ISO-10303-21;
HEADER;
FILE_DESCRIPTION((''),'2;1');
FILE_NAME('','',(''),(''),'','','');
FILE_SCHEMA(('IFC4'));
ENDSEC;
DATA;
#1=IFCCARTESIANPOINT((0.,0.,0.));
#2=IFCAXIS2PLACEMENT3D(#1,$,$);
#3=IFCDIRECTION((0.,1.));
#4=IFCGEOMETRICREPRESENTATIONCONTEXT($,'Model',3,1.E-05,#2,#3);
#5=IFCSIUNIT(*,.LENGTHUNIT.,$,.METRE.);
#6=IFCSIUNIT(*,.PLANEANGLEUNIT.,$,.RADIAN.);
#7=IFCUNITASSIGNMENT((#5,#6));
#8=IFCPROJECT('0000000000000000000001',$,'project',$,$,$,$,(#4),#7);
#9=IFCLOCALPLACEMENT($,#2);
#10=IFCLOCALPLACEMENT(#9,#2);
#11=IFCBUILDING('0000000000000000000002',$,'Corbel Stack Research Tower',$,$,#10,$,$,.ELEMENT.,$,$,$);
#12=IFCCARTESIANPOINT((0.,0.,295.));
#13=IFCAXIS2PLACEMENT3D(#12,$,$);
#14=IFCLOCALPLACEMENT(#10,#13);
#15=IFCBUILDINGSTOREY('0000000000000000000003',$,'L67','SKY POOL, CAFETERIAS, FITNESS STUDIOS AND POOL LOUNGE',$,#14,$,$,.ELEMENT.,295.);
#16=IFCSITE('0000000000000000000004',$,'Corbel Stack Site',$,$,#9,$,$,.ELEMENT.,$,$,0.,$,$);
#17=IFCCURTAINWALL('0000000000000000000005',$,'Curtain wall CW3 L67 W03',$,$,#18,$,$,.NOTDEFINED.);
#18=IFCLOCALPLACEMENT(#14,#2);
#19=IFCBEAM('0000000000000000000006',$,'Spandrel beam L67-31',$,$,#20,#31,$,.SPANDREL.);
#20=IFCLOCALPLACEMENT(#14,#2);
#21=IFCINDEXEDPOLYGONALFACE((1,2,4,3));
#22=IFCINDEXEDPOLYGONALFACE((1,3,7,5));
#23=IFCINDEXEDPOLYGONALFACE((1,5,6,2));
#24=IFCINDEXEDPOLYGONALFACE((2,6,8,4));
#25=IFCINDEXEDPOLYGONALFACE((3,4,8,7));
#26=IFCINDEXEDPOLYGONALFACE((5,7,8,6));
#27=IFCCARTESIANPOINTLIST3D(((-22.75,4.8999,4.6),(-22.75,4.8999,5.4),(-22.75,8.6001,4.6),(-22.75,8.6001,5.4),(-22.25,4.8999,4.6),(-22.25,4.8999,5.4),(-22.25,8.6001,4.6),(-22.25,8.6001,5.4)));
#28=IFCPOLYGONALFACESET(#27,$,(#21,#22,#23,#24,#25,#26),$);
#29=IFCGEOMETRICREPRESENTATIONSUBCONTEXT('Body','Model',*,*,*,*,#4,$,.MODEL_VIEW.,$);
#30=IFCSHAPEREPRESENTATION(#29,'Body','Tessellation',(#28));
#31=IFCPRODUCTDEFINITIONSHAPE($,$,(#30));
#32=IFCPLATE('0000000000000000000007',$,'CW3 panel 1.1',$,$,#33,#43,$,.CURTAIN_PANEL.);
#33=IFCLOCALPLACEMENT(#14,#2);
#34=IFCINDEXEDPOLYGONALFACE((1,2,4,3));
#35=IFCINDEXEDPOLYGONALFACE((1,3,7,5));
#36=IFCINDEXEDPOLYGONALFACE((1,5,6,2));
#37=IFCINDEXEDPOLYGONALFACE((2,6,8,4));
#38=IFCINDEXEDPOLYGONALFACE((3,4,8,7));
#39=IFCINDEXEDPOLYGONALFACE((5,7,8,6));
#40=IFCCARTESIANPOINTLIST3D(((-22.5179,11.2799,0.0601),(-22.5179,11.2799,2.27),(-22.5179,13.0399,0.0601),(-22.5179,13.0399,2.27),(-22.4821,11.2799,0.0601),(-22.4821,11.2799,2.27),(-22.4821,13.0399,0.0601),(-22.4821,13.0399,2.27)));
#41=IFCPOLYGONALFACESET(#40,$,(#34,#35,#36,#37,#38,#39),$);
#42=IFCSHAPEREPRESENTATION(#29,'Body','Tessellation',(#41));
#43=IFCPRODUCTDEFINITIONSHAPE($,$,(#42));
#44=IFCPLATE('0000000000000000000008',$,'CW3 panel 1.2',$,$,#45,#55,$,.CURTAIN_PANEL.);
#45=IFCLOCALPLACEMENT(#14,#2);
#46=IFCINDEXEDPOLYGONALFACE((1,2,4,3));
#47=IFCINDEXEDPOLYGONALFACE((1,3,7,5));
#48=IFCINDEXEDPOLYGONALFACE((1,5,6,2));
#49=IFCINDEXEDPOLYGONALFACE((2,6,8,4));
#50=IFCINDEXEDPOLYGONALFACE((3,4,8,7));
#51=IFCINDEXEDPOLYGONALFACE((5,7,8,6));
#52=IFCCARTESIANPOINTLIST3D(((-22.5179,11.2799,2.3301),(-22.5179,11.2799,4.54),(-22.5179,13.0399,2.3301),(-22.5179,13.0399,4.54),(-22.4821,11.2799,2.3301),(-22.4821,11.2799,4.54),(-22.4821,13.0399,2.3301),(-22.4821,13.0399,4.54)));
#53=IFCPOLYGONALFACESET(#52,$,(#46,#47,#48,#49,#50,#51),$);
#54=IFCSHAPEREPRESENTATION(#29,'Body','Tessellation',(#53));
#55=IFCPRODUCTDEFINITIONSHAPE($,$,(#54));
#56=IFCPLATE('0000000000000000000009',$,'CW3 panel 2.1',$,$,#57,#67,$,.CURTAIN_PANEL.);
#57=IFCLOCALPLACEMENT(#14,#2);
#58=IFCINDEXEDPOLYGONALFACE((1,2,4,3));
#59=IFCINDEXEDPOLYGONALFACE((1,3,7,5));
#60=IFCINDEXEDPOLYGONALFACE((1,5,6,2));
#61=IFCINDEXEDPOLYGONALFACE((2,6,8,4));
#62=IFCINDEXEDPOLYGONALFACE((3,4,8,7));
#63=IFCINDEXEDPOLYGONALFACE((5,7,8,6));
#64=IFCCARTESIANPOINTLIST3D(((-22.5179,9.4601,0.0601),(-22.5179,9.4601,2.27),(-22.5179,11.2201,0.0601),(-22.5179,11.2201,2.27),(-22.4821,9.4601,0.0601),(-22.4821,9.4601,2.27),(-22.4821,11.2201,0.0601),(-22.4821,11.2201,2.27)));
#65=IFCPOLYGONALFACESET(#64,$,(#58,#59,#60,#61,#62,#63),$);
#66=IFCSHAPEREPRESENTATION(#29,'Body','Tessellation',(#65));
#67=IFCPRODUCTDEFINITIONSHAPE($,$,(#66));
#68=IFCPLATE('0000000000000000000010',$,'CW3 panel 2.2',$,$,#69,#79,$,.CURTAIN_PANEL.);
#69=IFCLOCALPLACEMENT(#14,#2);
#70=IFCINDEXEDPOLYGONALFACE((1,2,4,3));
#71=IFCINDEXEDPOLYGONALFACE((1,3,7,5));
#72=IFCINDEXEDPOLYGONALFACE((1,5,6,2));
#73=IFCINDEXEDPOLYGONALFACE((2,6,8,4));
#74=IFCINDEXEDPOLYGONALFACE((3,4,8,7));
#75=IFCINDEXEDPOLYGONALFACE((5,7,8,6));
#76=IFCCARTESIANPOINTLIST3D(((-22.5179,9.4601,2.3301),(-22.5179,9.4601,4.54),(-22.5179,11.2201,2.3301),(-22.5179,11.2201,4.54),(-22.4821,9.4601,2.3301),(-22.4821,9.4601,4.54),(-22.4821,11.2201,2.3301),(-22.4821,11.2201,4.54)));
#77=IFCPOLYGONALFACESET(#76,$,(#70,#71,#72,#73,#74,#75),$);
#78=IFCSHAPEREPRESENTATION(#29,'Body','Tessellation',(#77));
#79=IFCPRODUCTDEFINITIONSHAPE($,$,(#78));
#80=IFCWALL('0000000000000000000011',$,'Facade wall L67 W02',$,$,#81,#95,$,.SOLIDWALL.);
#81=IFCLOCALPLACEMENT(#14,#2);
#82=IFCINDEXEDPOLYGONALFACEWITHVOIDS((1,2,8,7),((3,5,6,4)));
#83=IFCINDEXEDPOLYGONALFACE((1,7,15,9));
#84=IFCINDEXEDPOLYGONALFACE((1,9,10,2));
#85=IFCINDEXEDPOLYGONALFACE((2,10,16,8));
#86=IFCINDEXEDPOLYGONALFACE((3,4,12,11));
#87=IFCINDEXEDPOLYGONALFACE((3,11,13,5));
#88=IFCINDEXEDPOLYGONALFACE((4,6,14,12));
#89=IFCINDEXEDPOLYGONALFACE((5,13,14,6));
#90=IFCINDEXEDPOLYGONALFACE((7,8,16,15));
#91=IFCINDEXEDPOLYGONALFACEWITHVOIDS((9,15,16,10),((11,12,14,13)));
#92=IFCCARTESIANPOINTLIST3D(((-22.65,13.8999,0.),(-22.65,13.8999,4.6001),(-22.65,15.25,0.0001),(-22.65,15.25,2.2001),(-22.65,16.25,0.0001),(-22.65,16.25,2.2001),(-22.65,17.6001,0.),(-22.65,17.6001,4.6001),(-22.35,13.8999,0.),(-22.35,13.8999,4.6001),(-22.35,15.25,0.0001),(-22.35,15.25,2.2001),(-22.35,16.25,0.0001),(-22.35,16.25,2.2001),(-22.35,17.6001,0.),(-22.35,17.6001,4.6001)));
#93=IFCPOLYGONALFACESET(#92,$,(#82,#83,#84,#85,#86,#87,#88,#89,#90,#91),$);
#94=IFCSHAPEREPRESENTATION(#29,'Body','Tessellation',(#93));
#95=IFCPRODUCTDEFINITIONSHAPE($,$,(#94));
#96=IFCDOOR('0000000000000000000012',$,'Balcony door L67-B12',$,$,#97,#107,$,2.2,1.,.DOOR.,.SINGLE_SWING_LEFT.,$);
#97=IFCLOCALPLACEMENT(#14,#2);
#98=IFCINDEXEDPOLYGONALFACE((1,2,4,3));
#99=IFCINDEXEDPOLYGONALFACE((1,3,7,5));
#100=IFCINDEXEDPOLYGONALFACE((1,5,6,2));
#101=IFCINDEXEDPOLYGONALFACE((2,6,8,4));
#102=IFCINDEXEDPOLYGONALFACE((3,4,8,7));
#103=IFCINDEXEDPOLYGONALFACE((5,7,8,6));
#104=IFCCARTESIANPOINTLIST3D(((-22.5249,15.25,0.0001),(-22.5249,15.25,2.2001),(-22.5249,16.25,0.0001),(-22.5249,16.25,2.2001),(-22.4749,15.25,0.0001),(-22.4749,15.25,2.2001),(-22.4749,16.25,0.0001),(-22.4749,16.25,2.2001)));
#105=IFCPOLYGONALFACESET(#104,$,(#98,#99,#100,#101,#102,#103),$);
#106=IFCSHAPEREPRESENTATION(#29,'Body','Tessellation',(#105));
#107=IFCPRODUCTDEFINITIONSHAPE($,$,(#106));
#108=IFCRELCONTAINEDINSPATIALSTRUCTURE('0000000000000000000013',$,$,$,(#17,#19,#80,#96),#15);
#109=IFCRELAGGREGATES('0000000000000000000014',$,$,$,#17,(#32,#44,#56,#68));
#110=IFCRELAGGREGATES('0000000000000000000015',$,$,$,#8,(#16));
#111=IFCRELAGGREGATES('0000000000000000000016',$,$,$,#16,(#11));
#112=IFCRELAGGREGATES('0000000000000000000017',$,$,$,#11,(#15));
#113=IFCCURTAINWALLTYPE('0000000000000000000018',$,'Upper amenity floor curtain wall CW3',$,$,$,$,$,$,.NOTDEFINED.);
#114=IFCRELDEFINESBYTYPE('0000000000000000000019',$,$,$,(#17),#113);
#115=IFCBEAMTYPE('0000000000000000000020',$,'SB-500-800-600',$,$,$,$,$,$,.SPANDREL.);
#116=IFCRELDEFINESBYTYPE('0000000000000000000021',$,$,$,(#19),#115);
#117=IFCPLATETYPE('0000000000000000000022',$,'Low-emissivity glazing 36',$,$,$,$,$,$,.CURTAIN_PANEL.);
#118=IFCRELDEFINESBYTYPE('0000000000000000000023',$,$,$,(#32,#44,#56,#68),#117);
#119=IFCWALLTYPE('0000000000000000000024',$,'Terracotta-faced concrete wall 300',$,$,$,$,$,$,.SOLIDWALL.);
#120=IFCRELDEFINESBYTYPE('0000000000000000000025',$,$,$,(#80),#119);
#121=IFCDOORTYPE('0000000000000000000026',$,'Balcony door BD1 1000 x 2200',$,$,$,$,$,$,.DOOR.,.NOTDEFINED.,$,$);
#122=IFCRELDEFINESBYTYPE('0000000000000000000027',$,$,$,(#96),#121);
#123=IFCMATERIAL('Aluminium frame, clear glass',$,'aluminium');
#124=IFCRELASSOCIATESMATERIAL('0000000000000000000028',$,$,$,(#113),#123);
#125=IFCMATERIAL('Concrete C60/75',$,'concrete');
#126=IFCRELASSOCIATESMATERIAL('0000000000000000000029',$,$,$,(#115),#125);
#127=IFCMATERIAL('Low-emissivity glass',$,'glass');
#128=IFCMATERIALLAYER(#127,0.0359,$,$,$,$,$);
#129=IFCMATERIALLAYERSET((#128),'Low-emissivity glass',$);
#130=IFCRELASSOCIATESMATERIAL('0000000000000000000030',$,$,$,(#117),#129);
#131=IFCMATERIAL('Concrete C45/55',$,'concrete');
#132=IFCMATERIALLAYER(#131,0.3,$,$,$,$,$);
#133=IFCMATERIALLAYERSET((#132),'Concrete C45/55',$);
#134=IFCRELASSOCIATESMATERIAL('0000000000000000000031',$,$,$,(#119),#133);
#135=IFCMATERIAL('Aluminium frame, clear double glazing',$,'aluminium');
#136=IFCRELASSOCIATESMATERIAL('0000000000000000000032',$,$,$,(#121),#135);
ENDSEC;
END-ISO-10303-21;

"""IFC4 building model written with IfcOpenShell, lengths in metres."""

from ifc_helpers import new_model, si_unit, direction, frame, frame_2d, origin, origin_2d, place, context, subcontext, project, spatial, rectangle, extrude, material, layer, layer_set, material_profile, profile_set, type_object, element, fill, aggregate, save


model = new_model("IFC4")

# Units and contexts
model_context = context("Model", 3, precision=1e-05, world=origin(), true_north=direction((0.0, 1.0)))
body_context = subcontext(model_context, "Body", "Model", "MODEL_VIEW")
ifc_project = project(units=[si_unit("LENGTHUNIT", "METRE"), si_unit("PLANEANGLEUNIT", "RADIAN")], contexts=[model_context])

# Site, building, storey
site_placement = place(None, origin())
site = spatial("IfcSite", under=ifc_project, at=site_placement, Name="Corbel Stack Site", CompositionType="ELEMENT", RefElevation=0.0)
building_placement = place(site_placement, origin())
building = spatial("IfcBuilding", under=site, at=building_placement, Name="Corbel Stack Research Tower", CompositionType="ELEMENT")
storey_placement = place(building_placement, frame((0.0, 0.0, 295.0)))
storey = spatial("IfcBuildingStorey", under=building, at=storey_placement, Name="L67", Description="SKY POOL, CAFETERIAS, FITNESS STUDIOS AND POOL LOUNGE", CompositionType="ELEMENT", Elevation=295.0)

# Curtain wall
ifc_material_1 = material(Name="Aluminium frame, clear glass", Category="aluminium")
curtain_wall_type = type_object("IfcCurtainWallType", Name="Upper amenity floor curtain wall CW3", PredefinedType="NOTDEFINED", material=ifc_material_1)
curtain_wall_1_placement = place(storey_placement, origin())
curtain_wall_1 = element("IfcCurtainWall", 1, at=curtain_wall_1_placement, inside=storey, type_object=curtain_wall_type, Name="Curtain wall CW3 L67 W03", PredefinedType="NOTDEFINED")

# Beam
ifc_material_2 = material(Name="Concrete C60/75", Category="concrete")
ifc_material_profile_1 = material_profile(ifc_material_2, rectangle(XDim=0.5, YDim=0.8, at=origin_2d()), Name="RC 500 x 800")
ifc_profile_set_1 = profile_set([ifc_material_profile_1], Name="Concrete C60/75")
beam_type = type_object("IfcBeamType", Name="SB-500-800-600", PredefinedType="SPANDREL", material=ifc_profile_set_1)
for number, where, z_axis, x_axis, name in (
    (2, (-22.5, 8.6001, 5.0), (0.0, -1.0, 0.0), (1.0, 0.0, 0.0), "Spandrel beam L67-31"),
):
    element("IfcBeam", number, at=place(storey_placement, frame(where, z_axis=z_axis, x_axis=x_axis)), inside=storey, type_object=beam_type, Name=name, PredefinedType="SPANDREL", context=body_context, shape_type="SweptSolid", body=[
        extrude(rectangle(XDim=0.5, YDim=0.8, at=origin_2d()), origin(), (0.0, 0.0, 1.0), 3.7002),
    ])

# Plates
ifc_material_3 = material(Name="Low-emissivity glass", Category="glass")
ifc_layer_1 = layer(ifc_material_3, 0.0359)
ifc_layer_set_1 = layer_set([ifc_layer_1], Name="Low-emissivity glass")
plate_type = type_object("IfcPlateType", Name="Low-emissivity glazing 36", PredefinedType="CURTAIN_PANEL", material=ifc_layer_set_1)
plate_1_placement = place(storey_placement, frame((-22.5, 12.1599, 0.0601), z_axis=(0.0, 0.0, 1.0), x_axis=(0.0, -1.0, 0.0)))
plate_1 = element("IfcPlate", 3, at=plate_1_placement, type_object=plate_type, Name="CW3 panel 1.1", PredefinedType="CURTAIN_PANEL", context=body_context, shape_type="SweptSolid", body=[
    extrude(rectangle(XDim=1.76, YDim=0.0359, at=origin_2d()), origin(), (0.0, 0.0, 1.0), 2.21),
])
plate_2_placement = place(storey_placement, frame((-22.5, 12.1599, 2.3301), z_axis=(0.0, 0.0, 1.0), x_axis=(0.0, -1.0, 0.0)))
plate_2 = element("IfcPlate", 4, at=plate_2_placement, type_object=plate_type, Name="CW3 panel 1.2", PredefinedType="CURTAIN_PANEL", context=body_context, shape_type="SweptSolid", body=[
    extrude(rectangle(XDim=1.76, YDim=0.0359, at=origin_2d()), origin(), (0.0, 0.0, 1.0), 2.21),
])
plate_3_placement = place(storey_placement, frame((-22.5, 10.3401, 0.0601), z_axis=(0.0, 0.0, 1.0), x_axis=(0.0, -1.0, 0.0)))
plate_3 = element("IfcPlate", 5, at=plate_3_placement, type_object=plate_type, Name="CW3 panel 2.1", PredefinedType="CURTAIN_PANEL", context=body_context, shape_type="SweptSolid", body=[
    extrude(rectangle(XDim=1.76, YDim=0.0359, at=origin_2d()), origin(), (0.0, 0.0, 1.0), 2.21),
])
plate_4_placement = place(storey_placement, frame((-22.5, 10.3401, 2.3301), z_axis=(0.0, 0.0, 1.0), x_axis=(0.0, -1.0, 0.0)))
plate_4 = element("IfcPlate", 6, at=plate_4_placement, type_object=plate_type, Name="CW3 panel 2.2", PredefinedType="CURTAIN_PANEL", context=body_context, shape_type="SweptSolid", body=[
    extrude(rectangle(XDim=1.76, YDim=0.0359, at=origin_2d()), origin(), (0.0, 0.0, 1.0), 2.21),
])
aggregate(curtain_wall_1, [plate_1, plate_2, plate_3, plate_4])

# Wall, opening, door
ifc_material_4 = material(Name="Concrete C45/55", Category="concrete")
ifc_layer_2 = layer(ifc_material_4, 0.3)
ifc_layer_set_2 = layer_set([ifc_layer_2], Name="Concrete C45/55")
wall_type = type_object("IfcWallType", Name="Terracotta-faced concrete wall 300", PredefinedType="SOLIDWALL", material=ifc_layer_set_2)
wall_placement = place(storey_placement, frame((-22.5, 13.8999, 0.0), z_axis=(0.0, 0.0, 1.0), x_axis=(0.0, 1.0, 0.0)))
wall = element("IfcWall", 7, at=wall_placement, inside=storey, type_object=wall_type, Name="Facade wall L67 W02", PredefinedType="SOLIDWALL", context=body_context, shape_type="SweptSolid", body=[
    extrude(rectangle(XDim=3.7002, YDim=0.3, at=frame_2d((1.8501, 0.0))), origin(), (0.0, 0.0, 1.0), 4.6001),
])
opening_placement = place(wall_placement, frame((1.3501, 0.0, 0.0)))
opening = element("IfcOpeningElement", 8, at=opening_placement, cuts=wall, PredefinedType="OPENING", context=body_context, shape_type="SweptSolid", body=[
    extrude(rectangle(XDim=1.0, YDim=2.2, at=frame_2d((0.5, 1.1001))), frame((0.0, 0.1599, 0.0), z_axis=(0.0, -1.0, 0.0), x_axis=(1.0, 0.0, 0.0)), (0.0, 0.0, 1.0), 0.3201),
])
ifc_material_5 = material(Name="Aluminium frame, clear double glazing", Category="aluminium")
door_type = type_object("IfcDoorType", Name="Balcony door BD1 1000 x 2200", OperationType="NOTDEFINED", PredefinedType="DOOR", material=ifc_material_5)
door_placement = place(opening_placement, origin())
door = element("IfcDoor", 9, at=door_placement, inside=storey, type_object=door_type, Name="Balcony door L67-B12", OperationType="SINGLE_SWING_LEFT", OverallHeight=2.2, OverallWidth=1.0, PredefinedType="DOOR", context=body_context, shape_type="SweptSolid", body=[
    extrude(rectangle(XDim=1.0, YDim=2.2, at=frame_2d((0.5, 1.1001))), frame((0.0, 0.0249, 0.0), z_axis=(0.0, -1.0, 0.0), x_axis=(1.0, 0.0, 0.0)), (0.0, 0.0, 1.0), 0.05),
])
fill(opening, door)

save(model, "model.ifc")
